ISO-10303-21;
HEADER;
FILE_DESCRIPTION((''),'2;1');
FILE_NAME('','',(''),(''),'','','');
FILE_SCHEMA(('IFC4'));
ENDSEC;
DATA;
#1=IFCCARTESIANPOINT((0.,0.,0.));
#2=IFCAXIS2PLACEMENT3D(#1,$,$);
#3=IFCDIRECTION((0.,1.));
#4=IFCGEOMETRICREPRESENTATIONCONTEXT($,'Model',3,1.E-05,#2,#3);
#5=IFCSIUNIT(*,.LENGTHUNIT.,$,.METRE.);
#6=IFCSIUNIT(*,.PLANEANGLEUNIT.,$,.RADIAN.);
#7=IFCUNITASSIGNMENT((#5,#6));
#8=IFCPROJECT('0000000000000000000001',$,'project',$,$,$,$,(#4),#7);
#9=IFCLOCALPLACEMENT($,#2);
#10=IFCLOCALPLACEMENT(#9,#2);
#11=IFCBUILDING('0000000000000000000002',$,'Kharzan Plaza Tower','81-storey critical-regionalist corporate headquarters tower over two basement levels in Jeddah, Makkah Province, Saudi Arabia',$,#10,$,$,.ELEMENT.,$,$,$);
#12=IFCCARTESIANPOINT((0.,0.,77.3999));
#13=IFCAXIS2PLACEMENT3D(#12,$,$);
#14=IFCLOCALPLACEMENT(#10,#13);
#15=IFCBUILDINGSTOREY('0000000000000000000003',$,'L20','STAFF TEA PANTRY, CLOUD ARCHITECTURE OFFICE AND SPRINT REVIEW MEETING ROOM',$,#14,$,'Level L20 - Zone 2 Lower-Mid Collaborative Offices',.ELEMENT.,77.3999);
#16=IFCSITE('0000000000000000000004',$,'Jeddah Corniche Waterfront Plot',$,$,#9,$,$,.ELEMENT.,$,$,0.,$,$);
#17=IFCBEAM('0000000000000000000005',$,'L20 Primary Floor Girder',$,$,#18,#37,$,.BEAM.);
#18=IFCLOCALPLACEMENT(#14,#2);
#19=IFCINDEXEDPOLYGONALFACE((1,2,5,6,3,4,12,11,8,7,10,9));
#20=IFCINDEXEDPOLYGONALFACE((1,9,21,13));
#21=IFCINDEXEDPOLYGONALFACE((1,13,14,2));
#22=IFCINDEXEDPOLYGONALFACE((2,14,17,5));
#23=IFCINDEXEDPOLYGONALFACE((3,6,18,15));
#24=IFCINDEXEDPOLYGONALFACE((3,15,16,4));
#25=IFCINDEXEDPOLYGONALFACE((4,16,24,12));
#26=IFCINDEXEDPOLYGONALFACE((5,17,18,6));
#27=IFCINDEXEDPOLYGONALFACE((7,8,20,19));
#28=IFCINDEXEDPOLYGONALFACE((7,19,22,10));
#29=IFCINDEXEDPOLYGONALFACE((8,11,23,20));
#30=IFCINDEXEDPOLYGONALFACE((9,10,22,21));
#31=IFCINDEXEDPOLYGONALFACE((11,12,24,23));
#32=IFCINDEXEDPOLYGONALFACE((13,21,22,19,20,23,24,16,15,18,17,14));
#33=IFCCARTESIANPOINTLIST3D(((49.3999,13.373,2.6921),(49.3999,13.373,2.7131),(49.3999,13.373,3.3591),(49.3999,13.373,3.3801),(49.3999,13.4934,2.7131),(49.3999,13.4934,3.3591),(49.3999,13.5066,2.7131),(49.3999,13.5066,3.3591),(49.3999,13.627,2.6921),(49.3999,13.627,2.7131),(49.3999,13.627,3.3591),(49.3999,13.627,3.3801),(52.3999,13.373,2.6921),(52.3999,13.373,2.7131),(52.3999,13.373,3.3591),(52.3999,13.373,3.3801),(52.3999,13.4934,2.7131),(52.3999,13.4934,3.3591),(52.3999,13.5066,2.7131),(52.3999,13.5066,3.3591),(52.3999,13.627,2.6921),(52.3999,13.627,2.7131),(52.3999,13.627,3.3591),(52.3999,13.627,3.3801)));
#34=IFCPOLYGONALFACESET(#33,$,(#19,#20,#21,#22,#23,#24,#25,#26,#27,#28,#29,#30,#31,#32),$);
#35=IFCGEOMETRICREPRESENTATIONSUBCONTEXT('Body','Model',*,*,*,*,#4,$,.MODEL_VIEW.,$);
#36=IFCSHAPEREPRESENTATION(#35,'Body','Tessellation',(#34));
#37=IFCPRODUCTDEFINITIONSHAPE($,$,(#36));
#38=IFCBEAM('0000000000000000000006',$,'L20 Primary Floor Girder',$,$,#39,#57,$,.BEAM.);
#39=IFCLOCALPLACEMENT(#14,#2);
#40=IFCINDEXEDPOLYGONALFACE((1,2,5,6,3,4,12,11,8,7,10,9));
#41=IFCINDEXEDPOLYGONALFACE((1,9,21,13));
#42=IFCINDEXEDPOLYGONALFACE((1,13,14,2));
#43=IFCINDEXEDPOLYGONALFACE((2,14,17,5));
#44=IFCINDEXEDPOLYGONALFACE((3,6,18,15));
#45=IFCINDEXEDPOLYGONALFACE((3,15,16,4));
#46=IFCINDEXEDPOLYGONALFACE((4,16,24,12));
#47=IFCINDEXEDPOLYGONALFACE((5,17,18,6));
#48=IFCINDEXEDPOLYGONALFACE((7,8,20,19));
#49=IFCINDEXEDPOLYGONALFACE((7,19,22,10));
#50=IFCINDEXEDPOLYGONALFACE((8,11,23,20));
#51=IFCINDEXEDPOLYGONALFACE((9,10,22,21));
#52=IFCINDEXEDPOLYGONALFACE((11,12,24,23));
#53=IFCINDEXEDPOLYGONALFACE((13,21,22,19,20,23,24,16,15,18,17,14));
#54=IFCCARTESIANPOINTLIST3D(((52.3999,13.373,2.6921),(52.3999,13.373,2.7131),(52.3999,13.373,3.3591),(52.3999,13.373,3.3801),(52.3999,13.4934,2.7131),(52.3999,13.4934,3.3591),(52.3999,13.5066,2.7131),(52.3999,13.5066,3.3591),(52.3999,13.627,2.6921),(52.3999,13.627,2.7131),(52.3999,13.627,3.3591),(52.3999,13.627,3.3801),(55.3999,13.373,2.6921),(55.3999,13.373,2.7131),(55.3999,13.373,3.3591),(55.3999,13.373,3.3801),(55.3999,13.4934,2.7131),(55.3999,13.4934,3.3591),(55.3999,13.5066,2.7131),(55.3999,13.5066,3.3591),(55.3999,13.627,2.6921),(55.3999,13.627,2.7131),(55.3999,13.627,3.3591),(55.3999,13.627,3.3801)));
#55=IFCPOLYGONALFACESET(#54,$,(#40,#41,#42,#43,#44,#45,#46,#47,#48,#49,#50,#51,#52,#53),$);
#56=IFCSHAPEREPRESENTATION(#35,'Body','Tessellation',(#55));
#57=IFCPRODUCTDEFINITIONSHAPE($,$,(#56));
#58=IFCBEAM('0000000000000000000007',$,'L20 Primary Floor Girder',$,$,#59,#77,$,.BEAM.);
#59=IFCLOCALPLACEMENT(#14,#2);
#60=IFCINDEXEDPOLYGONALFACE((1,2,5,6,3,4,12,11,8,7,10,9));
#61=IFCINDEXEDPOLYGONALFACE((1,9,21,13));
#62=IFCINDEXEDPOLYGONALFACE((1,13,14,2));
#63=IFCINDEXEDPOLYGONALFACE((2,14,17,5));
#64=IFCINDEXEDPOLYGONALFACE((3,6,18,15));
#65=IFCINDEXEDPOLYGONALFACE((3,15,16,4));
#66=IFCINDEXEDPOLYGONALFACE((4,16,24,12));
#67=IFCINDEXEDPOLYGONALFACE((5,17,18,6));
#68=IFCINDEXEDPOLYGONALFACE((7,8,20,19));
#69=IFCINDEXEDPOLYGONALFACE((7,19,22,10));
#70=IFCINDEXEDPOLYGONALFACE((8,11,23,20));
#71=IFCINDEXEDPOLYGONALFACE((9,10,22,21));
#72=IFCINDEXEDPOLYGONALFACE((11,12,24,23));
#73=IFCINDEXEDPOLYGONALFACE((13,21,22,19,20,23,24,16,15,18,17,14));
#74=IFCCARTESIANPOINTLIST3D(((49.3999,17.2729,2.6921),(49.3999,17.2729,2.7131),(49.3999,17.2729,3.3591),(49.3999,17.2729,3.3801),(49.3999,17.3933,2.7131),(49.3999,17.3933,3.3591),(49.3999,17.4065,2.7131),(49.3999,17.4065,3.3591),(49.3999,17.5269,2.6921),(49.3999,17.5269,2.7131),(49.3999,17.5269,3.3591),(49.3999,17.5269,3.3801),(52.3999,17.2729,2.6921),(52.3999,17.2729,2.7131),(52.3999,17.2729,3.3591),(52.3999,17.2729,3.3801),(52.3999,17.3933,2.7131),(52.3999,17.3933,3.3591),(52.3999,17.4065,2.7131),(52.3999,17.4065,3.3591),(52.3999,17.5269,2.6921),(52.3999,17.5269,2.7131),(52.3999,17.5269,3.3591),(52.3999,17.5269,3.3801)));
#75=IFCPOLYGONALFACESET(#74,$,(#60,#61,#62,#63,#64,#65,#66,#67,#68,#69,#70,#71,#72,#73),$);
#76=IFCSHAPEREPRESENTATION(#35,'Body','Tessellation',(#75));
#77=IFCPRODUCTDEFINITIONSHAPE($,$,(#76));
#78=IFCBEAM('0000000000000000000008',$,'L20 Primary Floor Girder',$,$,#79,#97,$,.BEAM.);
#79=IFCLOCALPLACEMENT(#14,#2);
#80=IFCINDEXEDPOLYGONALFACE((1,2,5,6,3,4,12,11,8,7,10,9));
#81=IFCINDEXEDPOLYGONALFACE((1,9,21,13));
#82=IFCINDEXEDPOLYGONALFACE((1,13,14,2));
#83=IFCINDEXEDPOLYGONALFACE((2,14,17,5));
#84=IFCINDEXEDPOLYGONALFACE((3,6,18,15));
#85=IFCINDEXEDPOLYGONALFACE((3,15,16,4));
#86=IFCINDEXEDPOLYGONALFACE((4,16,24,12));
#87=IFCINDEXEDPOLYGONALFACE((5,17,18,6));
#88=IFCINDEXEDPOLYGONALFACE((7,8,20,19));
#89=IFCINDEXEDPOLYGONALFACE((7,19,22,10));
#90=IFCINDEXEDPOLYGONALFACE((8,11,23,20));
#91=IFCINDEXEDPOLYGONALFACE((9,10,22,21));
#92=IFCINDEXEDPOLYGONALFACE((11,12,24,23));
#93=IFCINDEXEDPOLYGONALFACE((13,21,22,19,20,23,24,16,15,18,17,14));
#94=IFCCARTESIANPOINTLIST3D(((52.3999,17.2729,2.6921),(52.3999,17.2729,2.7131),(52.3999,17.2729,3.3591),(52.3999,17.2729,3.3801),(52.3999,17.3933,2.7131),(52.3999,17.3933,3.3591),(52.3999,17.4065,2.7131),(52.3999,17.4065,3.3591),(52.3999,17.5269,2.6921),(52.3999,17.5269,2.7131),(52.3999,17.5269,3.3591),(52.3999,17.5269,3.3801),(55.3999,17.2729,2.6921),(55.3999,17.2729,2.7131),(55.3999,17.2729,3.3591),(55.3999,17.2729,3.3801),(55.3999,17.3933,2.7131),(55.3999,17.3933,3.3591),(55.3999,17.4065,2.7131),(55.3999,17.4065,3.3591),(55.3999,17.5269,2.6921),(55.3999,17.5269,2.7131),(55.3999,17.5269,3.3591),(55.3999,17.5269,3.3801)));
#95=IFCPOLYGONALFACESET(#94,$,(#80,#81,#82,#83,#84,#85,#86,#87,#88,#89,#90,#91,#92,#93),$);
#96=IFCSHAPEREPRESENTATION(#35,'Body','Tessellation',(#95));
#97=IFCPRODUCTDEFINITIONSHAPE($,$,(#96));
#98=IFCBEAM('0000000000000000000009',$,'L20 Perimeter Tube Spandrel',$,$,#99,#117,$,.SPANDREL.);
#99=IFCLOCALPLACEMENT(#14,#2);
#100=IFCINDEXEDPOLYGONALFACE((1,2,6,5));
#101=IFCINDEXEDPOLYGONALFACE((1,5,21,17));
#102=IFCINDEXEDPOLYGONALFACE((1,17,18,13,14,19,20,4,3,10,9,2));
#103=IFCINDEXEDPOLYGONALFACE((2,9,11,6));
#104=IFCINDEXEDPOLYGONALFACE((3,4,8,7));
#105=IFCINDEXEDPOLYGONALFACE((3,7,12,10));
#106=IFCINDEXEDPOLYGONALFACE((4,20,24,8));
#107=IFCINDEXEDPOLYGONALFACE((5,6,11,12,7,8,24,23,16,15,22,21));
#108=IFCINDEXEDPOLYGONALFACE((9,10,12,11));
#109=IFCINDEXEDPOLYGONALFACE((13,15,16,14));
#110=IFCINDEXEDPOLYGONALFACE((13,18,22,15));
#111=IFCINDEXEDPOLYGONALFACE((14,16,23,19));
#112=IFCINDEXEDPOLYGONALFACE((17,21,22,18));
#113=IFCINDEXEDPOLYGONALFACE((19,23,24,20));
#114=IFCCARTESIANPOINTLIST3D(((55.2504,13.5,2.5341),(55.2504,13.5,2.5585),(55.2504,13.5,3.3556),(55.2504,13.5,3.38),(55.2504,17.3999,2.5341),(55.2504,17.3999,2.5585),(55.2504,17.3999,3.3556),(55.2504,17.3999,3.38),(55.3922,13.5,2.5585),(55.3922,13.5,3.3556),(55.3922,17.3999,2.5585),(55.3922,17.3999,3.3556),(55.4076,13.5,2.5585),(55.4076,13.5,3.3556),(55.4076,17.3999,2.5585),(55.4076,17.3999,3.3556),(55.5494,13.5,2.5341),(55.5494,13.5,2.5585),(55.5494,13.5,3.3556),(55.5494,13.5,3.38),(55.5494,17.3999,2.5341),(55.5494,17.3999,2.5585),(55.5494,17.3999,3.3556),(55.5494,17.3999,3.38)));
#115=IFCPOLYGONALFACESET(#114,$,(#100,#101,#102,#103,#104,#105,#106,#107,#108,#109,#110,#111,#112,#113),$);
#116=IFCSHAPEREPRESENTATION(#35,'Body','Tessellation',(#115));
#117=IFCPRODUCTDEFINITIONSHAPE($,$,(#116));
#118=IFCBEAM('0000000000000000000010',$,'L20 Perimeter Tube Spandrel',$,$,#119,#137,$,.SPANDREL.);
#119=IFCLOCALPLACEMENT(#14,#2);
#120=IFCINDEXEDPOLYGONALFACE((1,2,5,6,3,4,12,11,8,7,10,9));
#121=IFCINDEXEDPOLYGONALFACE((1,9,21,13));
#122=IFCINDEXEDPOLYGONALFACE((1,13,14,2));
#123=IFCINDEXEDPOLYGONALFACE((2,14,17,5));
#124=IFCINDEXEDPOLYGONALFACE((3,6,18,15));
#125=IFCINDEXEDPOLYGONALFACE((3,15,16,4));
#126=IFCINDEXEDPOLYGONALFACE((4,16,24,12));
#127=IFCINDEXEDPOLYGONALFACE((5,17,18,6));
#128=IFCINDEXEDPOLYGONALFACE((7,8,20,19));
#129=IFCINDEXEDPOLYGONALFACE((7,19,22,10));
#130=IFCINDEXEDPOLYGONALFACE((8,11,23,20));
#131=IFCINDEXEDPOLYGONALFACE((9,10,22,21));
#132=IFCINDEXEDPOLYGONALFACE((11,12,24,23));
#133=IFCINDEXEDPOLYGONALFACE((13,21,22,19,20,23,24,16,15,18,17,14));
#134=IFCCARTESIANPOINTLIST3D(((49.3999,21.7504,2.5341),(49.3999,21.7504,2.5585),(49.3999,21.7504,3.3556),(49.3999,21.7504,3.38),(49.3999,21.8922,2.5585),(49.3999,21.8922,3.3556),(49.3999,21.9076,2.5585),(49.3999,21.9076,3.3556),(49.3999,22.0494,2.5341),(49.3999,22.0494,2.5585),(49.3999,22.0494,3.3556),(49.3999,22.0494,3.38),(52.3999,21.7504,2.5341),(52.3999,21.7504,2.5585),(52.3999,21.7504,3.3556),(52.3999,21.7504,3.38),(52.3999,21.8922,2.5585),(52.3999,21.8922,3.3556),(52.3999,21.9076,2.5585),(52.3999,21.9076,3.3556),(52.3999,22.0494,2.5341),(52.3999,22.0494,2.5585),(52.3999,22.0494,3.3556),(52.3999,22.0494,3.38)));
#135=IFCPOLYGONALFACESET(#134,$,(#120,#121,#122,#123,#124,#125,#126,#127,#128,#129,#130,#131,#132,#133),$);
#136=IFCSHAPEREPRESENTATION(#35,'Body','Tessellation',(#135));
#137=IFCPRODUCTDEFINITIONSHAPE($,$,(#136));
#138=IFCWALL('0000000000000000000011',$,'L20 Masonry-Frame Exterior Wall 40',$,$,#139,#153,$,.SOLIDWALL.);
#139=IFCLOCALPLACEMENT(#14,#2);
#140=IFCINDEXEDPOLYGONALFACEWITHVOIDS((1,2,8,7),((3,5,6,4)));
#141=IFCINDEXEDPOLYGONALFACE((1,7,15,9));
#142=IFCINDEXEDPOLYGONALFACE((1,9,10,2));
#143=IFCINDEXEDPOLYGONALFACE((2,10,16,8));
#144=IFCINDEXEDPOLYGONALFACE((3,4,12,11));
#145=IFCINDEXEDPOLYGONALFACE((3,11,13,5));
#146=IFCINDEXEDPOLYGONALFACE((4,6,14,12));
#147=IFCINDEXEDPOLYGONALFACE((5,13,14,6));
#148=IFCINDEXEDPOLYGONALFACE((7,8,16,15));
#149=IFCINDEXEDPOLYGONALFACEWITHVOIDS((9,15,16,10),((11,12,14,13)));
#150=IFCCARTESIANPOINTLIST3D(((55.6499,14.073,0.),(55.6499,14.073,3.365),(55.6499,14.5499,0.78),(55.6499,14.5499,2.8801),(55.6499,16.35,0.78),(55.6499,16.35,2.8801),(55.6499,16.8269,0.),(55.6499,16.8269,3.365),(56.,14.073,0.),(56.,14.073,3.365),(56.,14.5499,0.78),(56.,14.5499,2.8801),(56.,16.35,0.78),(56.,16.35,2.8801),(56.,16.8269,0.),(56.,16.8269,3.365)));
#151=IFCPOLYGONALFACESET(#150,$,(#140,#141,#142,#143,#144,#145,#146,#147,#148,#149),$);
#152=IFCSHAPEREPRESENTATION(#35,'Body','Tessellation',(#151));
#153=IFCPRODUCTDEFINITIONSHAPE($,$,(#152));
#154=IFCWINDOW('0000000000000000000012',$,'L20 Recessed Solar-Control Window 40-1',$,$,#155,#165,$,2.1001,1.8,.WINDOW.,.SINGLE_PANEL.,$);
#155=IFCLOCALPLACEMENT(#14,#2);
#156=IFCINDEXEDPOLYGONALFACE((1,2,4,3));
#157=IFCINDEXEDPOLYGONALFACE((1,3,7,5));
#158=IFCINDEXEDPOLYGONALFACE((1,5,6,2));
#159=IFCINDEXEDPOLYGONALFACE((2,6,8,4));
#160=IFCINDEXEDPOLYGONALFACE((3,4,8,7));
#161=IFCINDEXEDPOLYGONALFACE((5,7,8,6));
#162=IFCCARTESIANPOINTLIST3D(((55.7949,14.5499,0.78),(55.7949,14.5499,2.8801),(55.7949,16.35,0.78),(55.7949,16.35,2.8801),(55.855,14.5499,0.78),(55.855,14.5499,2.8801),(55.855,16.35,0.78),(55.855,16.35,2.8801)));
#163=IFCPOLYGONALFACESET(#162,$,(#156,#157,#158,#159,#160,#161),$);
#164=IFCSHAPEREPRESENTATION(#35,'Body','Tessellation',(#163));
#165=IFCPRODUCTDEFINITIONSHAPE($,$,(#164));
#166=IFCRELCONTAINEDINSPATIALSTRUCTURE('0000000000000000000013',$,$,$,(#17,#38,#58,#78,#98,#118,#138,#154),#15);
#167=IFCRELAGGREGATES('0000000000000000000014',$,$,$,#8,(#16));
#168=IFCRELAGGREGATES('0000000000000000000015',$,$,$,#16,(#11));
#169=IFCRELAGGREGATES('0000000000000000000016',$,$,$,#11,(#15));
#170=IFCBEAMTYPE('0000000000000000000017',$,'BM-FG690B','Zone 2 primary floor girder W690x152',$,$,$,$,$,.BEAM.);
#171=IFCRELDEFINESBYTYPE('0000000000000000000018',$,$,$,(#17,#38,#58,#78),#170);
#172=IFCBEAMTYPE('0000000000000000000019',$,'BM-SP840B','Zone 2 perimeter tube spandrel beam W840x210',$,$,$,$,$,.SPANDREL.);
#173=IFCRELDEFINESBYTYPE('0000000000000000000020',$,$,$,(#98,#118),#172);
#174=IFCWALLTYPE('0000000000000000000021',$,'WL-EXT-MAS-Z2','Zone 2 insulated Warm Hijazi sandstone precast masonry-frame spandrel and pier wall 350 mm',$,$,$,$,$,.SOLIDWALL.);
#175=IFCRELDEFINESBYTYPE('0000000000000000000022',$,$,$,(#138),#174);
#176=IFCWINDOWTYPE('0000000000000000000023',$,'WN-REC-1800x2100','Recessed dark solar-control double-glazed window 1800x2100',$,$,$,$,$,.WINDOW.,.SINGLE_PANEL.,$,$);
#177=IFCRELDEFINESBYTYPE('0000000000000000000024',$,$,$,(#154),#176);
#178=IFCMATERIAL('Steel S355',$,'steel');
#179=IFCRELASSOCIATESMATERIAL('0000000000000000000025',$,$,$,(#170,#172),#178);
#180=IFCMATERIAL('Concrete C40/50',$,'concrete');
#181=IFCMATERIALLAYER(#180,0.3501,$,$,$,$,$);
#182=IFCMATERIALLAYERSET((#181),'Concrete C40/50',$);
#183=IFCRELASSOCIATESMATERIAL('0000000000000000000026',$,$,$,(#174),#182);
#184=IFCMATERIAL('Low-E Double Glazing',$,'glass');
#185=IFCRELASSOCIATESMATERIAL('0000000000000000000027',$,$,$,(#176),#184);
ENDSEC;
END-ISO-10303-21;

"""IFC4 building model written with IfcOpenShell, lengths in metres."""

from ifc_helpers import new_model, si_unit, direction, frame, frame_2d, origin, origin_2d, place, context, subcontext, project, spatial, rectangle, i_section, extrude, source, transform, mapped, material, layer, layer_set, material_profile, profile_set, type_object, element, fill, save


model = new_model("IFC4")

# Units and contexts
model_context = context("Model", 3, precision=1e-05, world=origin(), true_north=direction((0.0, 1.0)))
body_context = subcontext(model_context, "Body", "Model", "MODEL_VIEW")
ifc_project = project(units=[si_unit("LENGTHUNIT", "METRE"), si_unit("PLANEANGLEUNIT", "RADIAN")], contexts=[model_context])

# Site, building, storey
site_placement = place(None, origin())
site = spatial("IfcSite", under=ifc_project, at=site_placement, Name="Jeddah Corniche Waterfront Plot", CompositionType="ELEMENT", RefElevation=0.0)
building_placement = place(site_placement, origin())
building = spatial("IfcBuilding", under=site, at=building_placement, Name="Kharzan Plaza Tower", Description="81-storey critical-regionalist corporate headquarters tower over two basement levels in Jeddah, Makkah Province, Saudi Arabia", CompositionType="ELEMENT")
storey_placement = place(building_placement, frame((0.0, 0.0, 77.3999)))
storey = spatial("IfcBuildingStorey", under=building, at=storey_placement, Name="L20", Description="STAFF TEA PANTRY, CLOUD ARCHITECTURE OFFICE AND SPRINT REVIEW MEETING ROOM", LongName="Level L20 - Zone 2 Lower-Mid Collaborative Offices", CompositionType="ELEMENT", Elevation=77.3999)

# Beams
ifc_material_1 = material(Name="Steel S355", Category="steel")
ifc_material_profile_1 = material_profile(ifc_material_1, i_section(OverallWidth=0.2539, OverallDepth=0.688, WebThickness=0.0132, FlangeThickness=0.021, at=origin_2d()), Name="W690x152")
ifc_profile_set_1 = profile_set([ifc_material_profile_1], Name="Steel S355")
beam_type_1 = type_object("IfcBeamType", Name="BM-FG690B", Description="Zone 2 primary floor girder W690x152", PredefinedType="BEAM", material=ifc_profile_set_1)
shared_shape_1 = source(origin(), body_context, "Body", "SweptSolid", [
    extrude(i_section(OverallWidth=0.2539, OverallDepth=0.688, WebThickness=0.0132, FlangeThickness=0.021, at=origin_2d()), origin(), (0.0, 0.0, 1.0), 3.0),
])
for number, where, z_axis, x_axis, name in (
    (1, (49.3999, 13.5, 3.0361), (1.0, 0.0, 0.0), (0.0, 1.0, 0.0), "L20 Primary Floor Girder"),
    (2, (52.3999, 13.5, 3.0361), (1.0, 0.0, 0.0), (0.0, 1.0, 0.0), "L20 Primary Floor Girder"),
    (3, (49.3999, 17.3999, 3.0361), (1.0, 0.0, 0.0), (0.0, 1.0, 0.0), "L20 Primary Floor Girder"),
    (4, (52.3999, 17.3999, 3.0361), (1.0, 0.0, 0.0), (0.0, 1.0, 0.0), "L20 Primary Floor Girder"),
):
    element("IfcBeam", number, at=place(storey_placement, frame(where, z_axis=z_axis, x_axis=x_axis)), inside=storey, type_object=beam_type_1, Name=name, PredefinedType="BEAM", context=body_context, shape_type="MappedRepresentation", body=[
        mapped(shared_shape_1, transform((0.0, 0.0, 0.0), x_axis=(1.0, 0.0, 0.0), y_axis=(0.0, 1.0, 0.0), z_axis=(0.0, 0.0, 1.0))),
    ])
ifc_material_profile_2 = material_profile(ifc_material_1, i_section(OverallWidth=0.2991, OverallDepth=0.8459, WebThickness=0.0154, FlangeThickness=0.0244, at=origin_2d()), Name="W840x210")
ifc_profile_set_2 = profile_set([ifc_material_profile_2], Name="Steel S355")
beam_type_2 = type_object("IfcBeamType", Name="BM-SP840B", Description="Zone 2 perimeter tube spandrel beam W840x210", PredefinedType="SPANDREL", material=ifc_profile_set_2)
shared_shape_2 = source(origin(), body_context, "Body", "SweptSolid", [
    extrude(i_section(OverallWidth=0.2991, OverallDepth=0.8459, WebThickness=0.0154, FlangeThickness=0.0244, at=origin_2d()), origin(), (0.0, 0.0, 1.0), 3.8999),
])
beam_1_placement = place(storey_placement, frame((55.3999, 13.5, 2.957), z_axis=(0.0, 1.0, 0.0), x_axis=(-1.0, 0.0, 0.0)))
element("IfcBeam", 5, at=beam_1_placement, inside=storey, type_object=beam_type_2, Name="L20 Perimeter Tube Spandrel", PredefinedType="SPANDREL", context=body_context, shape_type="MappedRepresentation", body=[
    mapped(shared_shape_2, transform((0.0, 0.0, 0.0), x_axis=(1.0, 0.0, 0.0), y_axis=(0.0, 1.0, 0.0), z_axis=(0.0, 0.0, 1.0))),
])
shared_shape_3 = source(origin(), body_context, "Body", "SweptSolid", [
    extrude(i_section(OverallWidth=0.2991, OverallDepth=0.8459, WebThickness=0.0154, FlangeThickness=0.0244, at=origin_2d()), origin(), (0.0, 0.0, 1.0), 3.0),
])
beam_2_placement = place(storey_placement, frame((49.3999, 21.8999, 2.957), z_axis=(1.0, 0.0, 0.0), x_axis=(0.0, 1.0, 0.0)))
element("IfcBeam", 6, at=beam_2_placement, inside=storey, type_object=beam_type_2, Name="L20 Perimeter Tube Spandrel", PredefinedType="SPANDREL", context=body_context, shape_type="MappedRepresentation", body=[
    mapped(shared_shape_3, transform((0.0, 0.0, 0.0), x_axis=(1.0, 0.0, 0.0), y_axis=(0.0, 1.0, 0.0), z_axis=(0.0, 0.0, 1.0))),
])

# Wall, opening, window
ifc_material_2 = material(Name="Concrete C40/50", Category="concrete")
ifc_layer_1 = layer(ifc_material_2, 0.3501)
ifc_layer_set_1 = layer_set([ifc_layer_1], Name="Concrete C40/50")
wall_type_1 = type_object("IfcWallType", Name="WL-EXT-MAS-Z2", Description="Zone 2 insulated Warm Hijazi sandstone precast masonry-frame spandrel and pier wall 350 mm", PredefinedType="SOLIDWALL", material=ifc_layer_set_1)
wall_1_placement = place(storey_placement, frame((55.825, 14.073, 0.0), z_axis=(0.0, 0.0, 1.0), x_axis=(0.0, 1.0, 0.0)))
wall_1 = element("IfcWall", 7, at=wall_1_placement, inside=storey, type_object=wall_type_1, Name="L20 Masonry-Frame Exterior Wall 40", PredefinedType="SOLIDWALL", context=body_context, shape_type="SweptSolid", body=[
    extrude(rectangle(XDim=2.7539, YDim=0.3501, at=frame_2d((1.377, 0.0))), origin(), (0.0, 0.0, 1.0), 3.365),
])
opening_1_placement = place(wall_1_placement, frame((0.4771, 0.0, 0.78)))
opening_1 = element("IfcOpeningElement", 8, at=opening_1_placement, cuts=wall_1, PredefinedType="OPENING", context=body_context, shape_type="SweptSolid", body=[
    extrude(rectangle(XDim=1.8, YDim=2.1001, at=frame_2d((0.8999, 1.05))), frame((0.0, 0.1851, 0.0), z_axis=(0.0, -1.0, 0.0), x_axis=(1.0, 0.0, 0.0)), (0.0, 0.0, 1.0), 0.3701),
])
ifc_material_3 = material(Name="Low-E Double Glazing", Category="glass")
window_type_1 = type_object("IfcWindowType", Name="WN-REC-1800x2100", Description="Recessed dark solar-control double-glazed window 1800x2100", PartitioningType="SINGLE_PANEL", PredefinedType="WINDOW", material=ifc_material_3)
shared_shape_4 = source(origin(), body_context, "Body", "SweptSolid", [
    extrude(rectangle(XDim=1.8, YDim=2.1001, at=frame_2d((0.8999, 1.05))), frame((0.0, 0.03, 0.0), z_axis=(0.0, -1.0, 0.0), x_axis=(1.0, 0.0, 0.0)), (0.0, 0.0, 1.0), 0.0601),
])
window_1_placement = place(opening_1_placement, origin())
window_1 = element("IfcWindow", 9, at=window_1_placement, inside=storey, type_object=window_type_1, Name="L20 Recessed Solar-Control Window 40-1", OverallHeight=2.1001, OverallWidth=1.8, PartitioningType="SINGLE_PANEL", PredefinedType="WINDOW", context=body_context, shape_type="MappedRepresentation", body=[
    mapped(shared_shape_4, transform((0.0, 0.0, 0.0), x_axis=(1.0, 0.0, 0.0), y_axis=(0.0, 1.0, 0.0), z_axis=(0.0, 0.0, 1.0))),
])
fill(opening_1, window_1)

save(model, "model.ifc")
